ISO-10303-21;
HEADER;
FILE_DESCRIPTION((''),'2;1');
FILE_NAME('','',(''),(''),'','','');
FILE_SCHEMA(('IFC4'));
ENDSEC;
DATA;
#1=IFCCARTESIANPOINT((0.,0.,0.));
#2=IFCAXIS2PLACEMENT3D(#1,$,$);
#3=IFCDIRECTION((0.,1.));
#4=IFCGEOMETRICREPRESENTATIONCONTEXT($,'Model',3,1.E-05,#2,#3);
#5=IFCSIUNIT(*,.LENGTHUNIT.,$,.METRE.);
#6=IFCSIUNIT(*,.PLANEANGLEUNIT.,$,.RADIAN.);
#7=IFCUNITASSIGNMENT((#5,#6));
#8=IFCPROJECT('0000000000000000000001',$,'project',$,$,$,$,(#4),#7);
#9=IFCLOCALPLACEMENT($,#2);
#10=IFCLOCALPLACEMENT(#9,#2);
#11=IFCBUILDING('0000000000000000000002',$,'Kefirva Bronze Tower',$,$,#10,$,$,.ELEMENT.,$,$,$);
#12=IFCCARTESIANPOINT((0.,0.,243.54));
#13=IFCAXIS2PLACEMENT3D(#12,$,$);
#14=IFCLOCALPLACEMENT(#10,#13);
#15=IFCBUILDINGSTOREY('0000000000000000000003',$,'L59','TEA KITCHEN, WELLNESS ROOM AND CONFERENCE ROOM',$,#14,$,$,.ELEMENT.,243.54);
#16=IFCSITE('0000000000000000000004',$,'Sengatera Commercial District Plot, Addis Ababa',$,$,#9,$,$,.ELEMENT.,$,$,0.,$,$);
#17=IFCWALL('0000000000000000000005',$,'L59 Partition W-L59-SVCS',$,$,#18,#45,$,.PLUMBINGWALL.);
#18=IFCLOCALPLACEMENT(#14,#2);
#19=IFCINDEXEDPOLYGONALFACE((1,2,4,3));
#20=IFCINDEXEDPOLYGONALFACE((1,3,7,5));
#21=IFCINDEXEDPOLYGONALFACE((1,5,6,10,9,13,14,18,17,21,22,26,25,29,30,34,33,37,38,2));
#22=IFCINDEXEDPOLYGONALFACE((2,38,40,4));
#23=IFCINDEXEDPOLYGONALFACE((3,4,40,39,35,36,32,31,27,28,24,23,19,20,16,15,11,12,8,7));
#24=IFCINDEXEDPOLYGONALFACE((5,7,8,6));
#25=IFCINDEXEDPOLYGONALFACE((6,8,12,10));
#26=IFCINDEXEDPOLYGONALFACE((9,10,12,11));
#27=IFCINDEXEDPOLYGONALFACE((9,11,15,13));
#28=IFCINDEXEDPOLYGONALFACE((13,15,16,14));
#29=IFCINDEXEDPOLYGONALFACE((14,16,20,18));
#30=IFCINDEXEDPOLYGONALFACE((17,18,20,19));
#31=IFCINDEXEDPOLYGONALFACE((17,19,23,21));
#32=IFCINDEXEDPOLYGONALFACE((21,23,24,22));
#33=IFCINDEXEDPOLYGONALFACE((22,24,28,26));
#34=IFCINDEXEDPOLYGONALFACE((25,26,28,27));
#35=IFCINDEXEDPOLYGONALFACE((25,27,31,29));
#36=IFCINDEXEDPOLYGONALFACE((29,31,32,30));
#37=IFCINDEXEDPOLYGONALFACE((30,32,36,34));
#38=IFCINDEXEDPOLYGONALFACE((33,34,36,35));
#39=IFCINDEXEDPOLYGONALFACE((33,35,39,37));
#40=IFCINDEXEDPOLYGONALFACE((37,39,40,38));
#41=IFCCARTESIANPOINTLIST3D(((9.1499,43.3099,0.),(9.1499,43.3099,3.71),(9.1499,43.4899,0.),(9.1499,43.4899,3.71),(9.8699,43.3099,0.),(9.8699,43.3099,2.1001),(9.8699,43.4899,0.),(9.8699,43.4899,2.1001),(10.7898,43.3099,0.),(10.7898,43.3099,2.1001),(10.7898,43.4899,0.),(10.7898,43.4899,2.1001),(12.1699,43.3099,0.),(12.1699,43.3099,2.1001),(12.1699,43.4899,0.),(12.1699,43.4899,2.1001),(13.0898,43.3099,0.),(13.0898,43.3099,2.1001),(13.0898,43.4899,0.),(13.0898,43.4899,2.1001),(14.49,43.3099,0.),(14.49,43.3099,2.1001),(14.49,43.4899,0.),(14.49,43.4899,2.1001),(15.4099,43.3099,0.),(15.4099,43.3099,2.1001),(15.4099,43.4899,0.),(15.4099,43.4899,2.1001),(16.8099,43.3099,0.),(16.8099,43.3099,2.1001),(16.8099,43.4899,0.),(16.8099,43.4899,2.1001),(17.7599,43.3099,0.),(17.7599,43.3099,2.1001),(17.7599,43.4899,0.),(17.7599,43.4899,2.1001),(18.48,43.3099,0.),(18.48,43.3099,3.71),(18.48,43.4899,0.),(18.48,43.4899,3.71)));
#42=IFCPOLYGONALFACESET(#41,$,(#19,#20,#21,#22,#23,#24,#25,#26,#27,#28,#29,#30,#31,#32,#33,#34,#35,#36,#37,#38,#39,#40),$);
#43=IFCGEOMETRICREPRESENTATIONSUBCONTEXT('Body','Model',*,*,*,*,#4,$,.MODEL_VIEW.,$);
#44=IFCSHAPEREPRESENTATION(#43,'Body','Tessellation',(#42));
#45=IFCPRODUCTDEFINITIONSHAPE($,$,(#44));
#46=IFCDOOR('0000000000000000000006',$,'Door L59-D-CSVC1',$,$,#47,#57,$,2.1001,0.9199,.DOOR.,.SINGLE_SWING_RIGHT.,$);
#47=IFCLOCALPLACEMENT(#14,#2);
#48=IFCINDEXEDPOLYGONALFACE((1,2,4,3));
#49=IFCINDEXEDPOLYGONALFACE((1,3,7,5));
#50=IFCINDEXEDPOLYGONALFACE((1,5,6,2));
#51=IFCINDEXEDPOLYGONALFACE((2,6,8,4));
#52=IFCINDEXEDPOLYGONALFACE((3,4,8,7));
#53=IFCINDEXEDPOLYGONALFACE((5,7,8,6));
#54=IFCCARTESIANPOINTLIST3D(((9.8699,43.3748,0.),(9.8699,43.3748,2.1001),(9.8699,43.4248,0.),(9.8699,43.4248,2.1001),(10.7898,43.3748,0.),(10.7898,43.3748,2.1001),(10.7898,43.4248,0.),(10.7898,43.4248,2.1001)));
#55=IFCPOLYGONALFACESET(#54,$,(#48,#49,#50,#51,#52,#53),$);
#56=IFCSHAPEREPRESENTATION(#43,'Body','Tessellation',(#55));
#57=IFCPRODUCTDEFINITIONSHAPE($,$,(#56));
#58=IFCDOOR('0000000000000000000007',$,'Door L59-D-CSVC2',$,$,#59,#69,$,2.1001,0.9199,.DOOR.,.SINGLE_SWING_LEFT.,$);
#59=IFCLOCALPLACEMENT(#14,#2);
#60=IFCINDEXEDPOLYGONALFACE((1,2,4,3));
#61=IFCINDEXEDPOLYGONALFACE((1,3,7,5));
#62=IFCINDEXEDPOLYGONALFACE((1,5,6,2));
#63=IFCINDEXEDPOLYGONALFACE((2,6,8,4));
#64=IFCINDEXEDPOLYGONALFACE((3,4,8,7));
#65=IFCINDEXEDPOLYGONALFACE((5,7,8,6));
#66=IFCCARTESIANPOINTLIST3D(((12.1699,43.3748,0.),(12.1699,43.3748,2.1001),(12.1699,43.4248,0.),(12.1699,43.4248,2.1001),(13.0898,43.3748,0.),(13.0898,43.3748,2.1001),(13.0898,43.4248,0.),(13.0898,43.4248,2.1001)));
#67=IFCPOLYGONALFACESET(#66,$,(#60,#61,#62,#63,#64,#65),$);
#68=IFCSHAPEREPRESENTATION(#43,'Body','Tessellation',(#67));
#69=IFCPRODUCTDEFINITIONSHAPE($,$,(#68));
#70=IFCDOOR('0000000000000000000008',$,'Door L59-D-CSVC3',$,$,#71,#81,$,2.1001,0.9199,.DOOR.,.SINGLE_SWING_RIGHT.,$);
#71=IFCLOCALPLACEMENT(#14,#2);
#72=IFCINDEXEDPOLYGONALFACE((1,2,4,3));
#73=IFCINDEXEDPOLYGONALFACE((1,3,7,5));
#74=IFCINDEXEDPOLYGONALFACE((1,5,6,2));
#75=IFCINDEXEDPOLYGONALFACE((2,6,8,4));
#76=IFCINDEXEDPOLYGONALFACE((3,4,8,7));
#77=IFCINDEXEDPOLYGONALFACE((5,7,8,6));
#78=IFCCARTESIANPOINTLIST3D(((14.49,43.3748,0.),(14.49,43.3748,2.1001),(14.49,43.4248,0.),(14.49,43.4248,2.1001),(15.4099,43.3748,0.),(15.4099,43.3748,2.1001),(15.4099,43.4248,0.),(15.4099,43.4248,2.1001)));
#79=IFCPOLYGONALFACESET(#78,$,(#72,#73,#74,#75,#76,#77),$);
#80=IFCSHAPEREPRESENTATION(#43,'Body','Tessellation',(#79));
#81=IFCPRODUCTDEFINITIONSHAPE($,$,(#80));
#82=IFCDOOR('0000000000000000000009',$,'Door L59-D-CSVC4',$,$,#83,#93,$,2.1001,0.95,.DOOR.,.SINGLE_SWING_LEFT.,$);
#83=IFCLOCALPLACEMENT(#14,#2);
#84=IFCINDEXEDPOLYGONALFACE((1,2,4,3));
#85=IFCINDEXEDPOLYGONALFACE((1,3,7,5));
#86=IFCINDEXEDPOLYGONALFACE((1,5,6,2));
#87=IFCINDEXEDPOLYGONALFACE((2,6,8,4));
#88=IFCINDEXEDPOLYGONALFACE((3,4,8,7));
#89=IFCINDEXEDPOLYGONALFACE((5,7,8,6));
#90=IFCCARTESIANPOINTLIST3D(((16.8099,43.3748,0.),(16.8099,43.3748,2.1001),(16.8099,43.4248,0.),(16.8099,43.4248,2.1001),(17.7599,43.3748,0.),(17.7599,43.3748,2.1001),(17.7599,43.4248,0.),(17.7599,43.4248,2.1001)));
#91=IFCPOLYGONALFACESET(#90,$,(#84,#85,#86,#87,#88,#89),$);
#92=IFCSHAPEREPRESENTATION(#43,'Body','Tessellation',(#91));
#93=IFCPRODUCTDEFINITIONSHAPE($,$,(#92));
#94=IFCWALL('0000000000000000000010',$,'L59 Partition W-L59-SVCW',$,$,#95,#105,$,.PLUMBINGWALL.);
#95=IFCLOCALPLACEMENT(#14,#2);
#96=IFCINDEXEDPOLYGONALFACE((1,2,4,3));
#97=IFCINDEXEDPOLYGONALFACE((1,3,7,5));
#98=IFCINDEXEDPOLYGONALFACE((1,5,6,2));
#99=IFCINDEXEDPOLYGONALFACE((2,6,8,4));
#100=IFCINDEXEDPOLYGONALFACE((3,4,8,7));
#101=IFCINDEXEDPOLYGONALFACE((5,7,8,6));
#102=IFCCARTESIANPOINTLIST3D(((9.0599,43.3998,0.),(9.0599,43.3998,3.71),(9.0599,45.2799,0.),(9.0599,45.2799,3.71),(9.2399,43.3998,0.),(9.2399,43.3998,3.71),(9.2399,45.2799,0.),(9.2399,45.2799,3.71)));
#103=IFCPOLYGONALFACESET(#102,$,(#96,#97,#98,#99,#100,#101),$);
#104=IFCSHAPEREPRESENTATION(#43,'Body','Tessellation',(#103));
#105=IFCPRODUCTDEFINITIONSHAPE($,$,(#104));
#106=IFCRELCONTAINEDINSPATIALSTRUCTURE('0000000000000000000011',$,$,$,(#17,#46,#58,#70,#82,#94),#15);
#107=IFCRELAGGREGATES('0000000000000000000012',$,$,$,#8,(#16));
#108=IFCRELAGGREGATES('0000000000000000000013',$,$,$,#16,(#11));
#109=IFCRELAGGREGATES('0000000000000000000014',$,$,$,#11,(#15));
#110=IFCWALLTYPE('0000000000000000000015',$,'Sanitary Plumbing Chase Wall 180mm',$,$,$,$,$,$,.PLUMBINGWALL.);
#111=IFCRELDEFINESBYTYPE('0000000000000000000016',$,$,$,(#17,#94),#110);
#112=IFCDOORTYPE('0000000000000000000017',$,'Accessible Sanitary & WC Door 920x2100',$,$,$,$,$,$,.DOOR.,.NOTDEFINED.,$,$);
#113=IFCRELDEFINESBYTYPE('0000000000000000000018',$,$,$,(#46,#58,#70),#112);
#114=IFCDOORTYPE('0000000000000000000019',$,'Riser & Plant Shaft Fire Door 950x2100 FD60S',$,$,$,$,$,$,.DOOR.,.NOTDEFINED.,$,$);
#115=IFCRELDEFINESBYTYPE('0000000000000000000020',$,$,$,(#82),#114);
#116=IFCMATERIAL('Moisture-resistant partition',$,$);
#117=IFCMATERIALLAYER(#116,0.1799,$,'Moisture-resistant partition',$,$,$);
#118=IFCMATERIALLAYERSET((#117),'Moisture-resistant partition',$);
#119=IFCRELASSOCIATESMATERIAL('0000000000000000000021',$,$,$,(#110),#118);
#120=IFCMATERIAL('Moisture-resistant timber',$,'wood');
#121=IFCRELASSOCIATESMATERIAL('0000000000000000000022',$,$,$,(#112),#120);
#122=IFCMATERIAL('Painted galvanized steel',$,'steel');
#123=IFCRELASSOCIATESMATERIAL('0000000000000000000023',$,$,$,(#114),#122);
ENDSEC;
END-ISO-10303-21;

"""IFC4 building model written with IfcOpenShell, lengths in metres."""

from ifc_helpers import new_model, si_unit, direction, frame, frame_2d, origin, place, context, subcontext, project, spatial, rectangle, extrude, material, layer, layer_set, type_object, element, fill, save


model = new_model("IFC4")

# Units and contexts
model_context = context("Model", 3, precision=1e-05, world=origin(), true_north=direction((0.0, 1.0)))
body_context = subcontext(model_context, "Body", "Model", "MODEL_VIEW")
ifc_project = project(units=[si_unit("LENGTHUNIT", "METRE"), si_unit("PLANEANGLEUNIT", "RADIAN")], contexts=[model_context])

# Site, building, storey
site_placement = place(None, origin())
site = spatial("IfcSite", under=ifc_project, at=site_placement, Name="Sengatera Commercial District Plot, Addis Ababa", CompositionType="ELEMENT", RefElevation=0.0)
building_placement = place(site_placement, origin())
building = spatial("IfcBuilding", under=site, at=building_placement, Name="Kefirva Bronze Tower", CompositionType="ELEMENT")
storey_placement = place(building_placement, frame((0.0, 0.0, 243.54)))
storey = spatial("IfcBuildingStorey", under=building, at=storey_placement, Name="L59", Description="TEA KITCHEN, WELLNESS ROOM AND CONFERENCE ROOM", CompositionType="ELEMENT", Elevation=243.54)

# Wall, openings, doors
ifc_material_1 = material(Name="Moisture-resistant partition")
ifc_layer_1 = layer(ifc_material_1, 0.1799, Name="Moisture-resistant partition")
ifc_layer_set_1 = layer_set([ifc_layer_1], Name="Moisture-resistant partition")
wall_type_1 = type_object("IfcWallType", Name="Sanitary Plumbing Chase Wall 180mm", PredefinedType="PLUMBINGWALL", material=ifc_layer_set_1)
wall_1_placement = place(storey_placement, frame((9.1499, 43.3999, 0.0), z_axis=(0.0, 0.0, 1.0), x_axis=(1.0, 0.0, 0.0)))
wall_1 = element("IfcWall", 1, at=wall_1_placement, inside=storey, type_object=wall_type_1, Name="L59 Partition W-L59-SVCS", PredefinedType="PLUMBINGWALL", context=body_context, shape_type="SweptSolid", body=[
    extrude(rectangle(XDim=9.3301, YDim=0.1799, at=frame_2d((4.665, 0.0))), origin(), (0.0, 0.0, 1.0), 3.71),
])
opening_1_placement = place(wall_1_placement, frame((0.72, 0.0, 0.0)))
opening_1 = element("IfcOpeningElement", 2, at=opening_1_placement, cuts=wall_1, PredefinedType="OPENING", context=body_context, shape_type="SweptSolid", body=[
    extrude(rectangle(XDim=0.9199, YDim=2.1001, at=frame_2d((0.46, 1.05))), frame((0.0, 0.1001, 0.0), z_axis=(0.0, -1.0, 0.0), x_axis=(1.0, 0.0, 0.0)), (0.0, 0.0, 1.0), 0.2),
])
opening_2_placement = place(wall_1_placement, frame((3.02, 0.0, 0.0)))
opening_2 = element("IfcOpeningElement", 3, at=opening_2_placement, cuts=wall_1, PredefinedType="OPENING", context=body_context, shape_type="SweptSolid", body=[
    extrude(rectangle(XDim=0.9199, YDim=2.1001, at=frame_2d((0.46, 1.05))), frame((0.0, 0.1001, 0.0), z_axis=(0.0, -1.0, 0.0), x_axis=(1.0, 0.0, 0.0)), (0.0, 0.0, 1.0), 0.2),
])
opening_3_placement = place(wall_1_placement, frame((5.3401, 0.0, 0.0)))
opening_3 = element("IfcOpeningElement", 4, at=opening_3_placement, cuts=wall_1, PredefinedType="OPENING", context=body_context, shape_type="SweptSolid", body=[
    extrude(rectangle(XDim=0.9199, YDim=2.1001, at=frame_2d((0.46, 1.05))), frame((0.0, 0.1001, 0.0), z_axis=(0.0, -1.0, 0.0), x_axis=(1.0, 0.0, 0.0)), (0.0, 0.0, 1.0), 0.2),
])
opening_4_placement = place(wall_1_placement, frame((7.6599, 0.0, 0.0)))
opening_4 = element("IfcOpeningElement", 5, at=opening_4_placement, cuts=wall_1, PredefinedType="OPENING", context=body_context, shape_type="SweptSolid", body=[
    extrude(rectangle(XDim=0.95, YDim=2.1001, at=frame_2d((0.4751, 1.05))), frame((0.0, 0.1001, 0.0), z_axis=(0.0, -1.0, 0.0), x_axis=(1.0, 0.0, 0.0)), (0.0, 0.0, 1.0), 0.2),
])
ifc_material_2 = material(Name="Moisture-resistant timber", Category="wood")
door_type_1 = type_object("IfcDoorType", Name="Accessible Sanitary & WC Door 920x2100", OperationType="NOTDEFINED", PredefinedType="DOOR", material=ifc_material_2)
door_1_placement = place(opening_1_placement, origin())
door_1 = element("IfcDoor", 6, at=door_1_placement, inside=storey, type_object=door_type_1, Name="Door L59-D-CSVC1", OperationType="SINGLE_SWING_RIGHT", OverallHeight=2.1001, OverallWidth=0.9199, PredefinedType="DOOR", context=body_context, shape_type="SweptSolid", body=[
    extrude(rectangle(XDim=0.9199, YDim=2.1001, at=frame_2d((0.46, 1.05))), frame((0.0, 0.0249, 0.0), z_axis=(0.0, -1.0, 0.0), x_axis=(1.0, 0.0, 0.0)), (0.0, 0.0, 1.0), 0.05),
])
fill(opening_1, door_1)
door_2_placement = place(opening_2_placement, origin())
door_2 = element("IfcDoor", 7, at=door_2_placement, inside=storey, type_object=door_type_1, Name="Door L59-D-CSVC2", OperationType="SINGLE_SWING_LEFT", OverallHeight=2.1001, OverallWidth=0.9199, PredefinedType="DOOR", context=body_context, shape_type="SweptSolid", body=[
    extrude(rectangle(XDim=0.9199, YDim=2.1001, at=frame_2d((0.46, 1.05))), frame((0.0, 0.0249, 0.0), z_axis=(0.0, -1.0, 0.0), x_axis=(1.0, 0.0, 0.0)), (0.0, 0.0, 1.0), 0.05),
])
fill(opening_2, door_2)
door_3_placement = place(opening_3_placement, origin())
door_3 = element("IfcDoor", 8, at=door_3_placement, inside=storey, type_object=door_type_1, Name="Door L59-D-CSVC3", OperationType="SINGLE_SWING_RIGHT", OverallHeight=2.1001, OverallWidth=0.9199, PredefinedType="DOOR", context=body_context, shape_type="SweptSolid", body=[
    extrude(rectangle(XDim=0.9199, YDim=2.1001, at=frame_2d((0.46, 1.05))), frame((0.0, 0.0249, 0.0), z_axis=(0.0, -1.0, 0.0), x_axis=(1.0, 0.0, 0.0)), (0.0, 0.0, 1.0), 0.05),
])
fill(opening_3, door_3)
ifc_material_3 = material(Name="Painted galvanized steel", Category="steel")
door_type_2 = type_object("IfcDoorType", Name="Riser & Plant Shaft Fire Door 950x2100 FD60S", OperationType="NOTDEFINED", PredefinedType="DOOR", material=ifc_material_3)
door_4_placement = place(opening_4_placement, origin())
door_4 = element("IfcDoor", 9, at=door_4_placement, inside=storey, type_object=door_type_2, Name="Door L59-D-CSVC4", OperationType="SINGLE_SWING_LEFT", OverallHeight=2.1001, OverallWidth=0.95, PredefinedType="DOOR", context=body_context, shape_type="SweptSolid", body=[
    extrude(rectangle(XDim=0.95, YDim=2.1001, at=frame_2d((0.4751, 1.05))), frame((0.0, 0.0249, 0.0), z_axis=(0.0, -1.0, 0.0), x_axis=(1.0, 0.0, 0.0)), (0.0, 0.0, 1.0), 0.05),
])
fill(opening_4, door_4)

# Wall
wall_2_placement = place(storey_placement, frame((9.1499, 43.3999, 0.0), z_axis=(0.0, 0.0, 1.0), x_axis=(0.0, 1.0, 0.0)))
element("IfcWall", 10, at=wall_2_placement, inside=storey, type_object=wall_type_1, Name="L59 Partition W-L59-SVCW", PredefinedType="PLUMBINGWALL", context=body_context, shape_type="SweptSolid", body=[
    extrude(rectangle(XDim=1.8801, YDim=0.1799, at=frame_2d((0.9399, 0.0))), origin(), (0.0, 0.0, 1.0), 3.71),
])

save(model, "model.ifc")
